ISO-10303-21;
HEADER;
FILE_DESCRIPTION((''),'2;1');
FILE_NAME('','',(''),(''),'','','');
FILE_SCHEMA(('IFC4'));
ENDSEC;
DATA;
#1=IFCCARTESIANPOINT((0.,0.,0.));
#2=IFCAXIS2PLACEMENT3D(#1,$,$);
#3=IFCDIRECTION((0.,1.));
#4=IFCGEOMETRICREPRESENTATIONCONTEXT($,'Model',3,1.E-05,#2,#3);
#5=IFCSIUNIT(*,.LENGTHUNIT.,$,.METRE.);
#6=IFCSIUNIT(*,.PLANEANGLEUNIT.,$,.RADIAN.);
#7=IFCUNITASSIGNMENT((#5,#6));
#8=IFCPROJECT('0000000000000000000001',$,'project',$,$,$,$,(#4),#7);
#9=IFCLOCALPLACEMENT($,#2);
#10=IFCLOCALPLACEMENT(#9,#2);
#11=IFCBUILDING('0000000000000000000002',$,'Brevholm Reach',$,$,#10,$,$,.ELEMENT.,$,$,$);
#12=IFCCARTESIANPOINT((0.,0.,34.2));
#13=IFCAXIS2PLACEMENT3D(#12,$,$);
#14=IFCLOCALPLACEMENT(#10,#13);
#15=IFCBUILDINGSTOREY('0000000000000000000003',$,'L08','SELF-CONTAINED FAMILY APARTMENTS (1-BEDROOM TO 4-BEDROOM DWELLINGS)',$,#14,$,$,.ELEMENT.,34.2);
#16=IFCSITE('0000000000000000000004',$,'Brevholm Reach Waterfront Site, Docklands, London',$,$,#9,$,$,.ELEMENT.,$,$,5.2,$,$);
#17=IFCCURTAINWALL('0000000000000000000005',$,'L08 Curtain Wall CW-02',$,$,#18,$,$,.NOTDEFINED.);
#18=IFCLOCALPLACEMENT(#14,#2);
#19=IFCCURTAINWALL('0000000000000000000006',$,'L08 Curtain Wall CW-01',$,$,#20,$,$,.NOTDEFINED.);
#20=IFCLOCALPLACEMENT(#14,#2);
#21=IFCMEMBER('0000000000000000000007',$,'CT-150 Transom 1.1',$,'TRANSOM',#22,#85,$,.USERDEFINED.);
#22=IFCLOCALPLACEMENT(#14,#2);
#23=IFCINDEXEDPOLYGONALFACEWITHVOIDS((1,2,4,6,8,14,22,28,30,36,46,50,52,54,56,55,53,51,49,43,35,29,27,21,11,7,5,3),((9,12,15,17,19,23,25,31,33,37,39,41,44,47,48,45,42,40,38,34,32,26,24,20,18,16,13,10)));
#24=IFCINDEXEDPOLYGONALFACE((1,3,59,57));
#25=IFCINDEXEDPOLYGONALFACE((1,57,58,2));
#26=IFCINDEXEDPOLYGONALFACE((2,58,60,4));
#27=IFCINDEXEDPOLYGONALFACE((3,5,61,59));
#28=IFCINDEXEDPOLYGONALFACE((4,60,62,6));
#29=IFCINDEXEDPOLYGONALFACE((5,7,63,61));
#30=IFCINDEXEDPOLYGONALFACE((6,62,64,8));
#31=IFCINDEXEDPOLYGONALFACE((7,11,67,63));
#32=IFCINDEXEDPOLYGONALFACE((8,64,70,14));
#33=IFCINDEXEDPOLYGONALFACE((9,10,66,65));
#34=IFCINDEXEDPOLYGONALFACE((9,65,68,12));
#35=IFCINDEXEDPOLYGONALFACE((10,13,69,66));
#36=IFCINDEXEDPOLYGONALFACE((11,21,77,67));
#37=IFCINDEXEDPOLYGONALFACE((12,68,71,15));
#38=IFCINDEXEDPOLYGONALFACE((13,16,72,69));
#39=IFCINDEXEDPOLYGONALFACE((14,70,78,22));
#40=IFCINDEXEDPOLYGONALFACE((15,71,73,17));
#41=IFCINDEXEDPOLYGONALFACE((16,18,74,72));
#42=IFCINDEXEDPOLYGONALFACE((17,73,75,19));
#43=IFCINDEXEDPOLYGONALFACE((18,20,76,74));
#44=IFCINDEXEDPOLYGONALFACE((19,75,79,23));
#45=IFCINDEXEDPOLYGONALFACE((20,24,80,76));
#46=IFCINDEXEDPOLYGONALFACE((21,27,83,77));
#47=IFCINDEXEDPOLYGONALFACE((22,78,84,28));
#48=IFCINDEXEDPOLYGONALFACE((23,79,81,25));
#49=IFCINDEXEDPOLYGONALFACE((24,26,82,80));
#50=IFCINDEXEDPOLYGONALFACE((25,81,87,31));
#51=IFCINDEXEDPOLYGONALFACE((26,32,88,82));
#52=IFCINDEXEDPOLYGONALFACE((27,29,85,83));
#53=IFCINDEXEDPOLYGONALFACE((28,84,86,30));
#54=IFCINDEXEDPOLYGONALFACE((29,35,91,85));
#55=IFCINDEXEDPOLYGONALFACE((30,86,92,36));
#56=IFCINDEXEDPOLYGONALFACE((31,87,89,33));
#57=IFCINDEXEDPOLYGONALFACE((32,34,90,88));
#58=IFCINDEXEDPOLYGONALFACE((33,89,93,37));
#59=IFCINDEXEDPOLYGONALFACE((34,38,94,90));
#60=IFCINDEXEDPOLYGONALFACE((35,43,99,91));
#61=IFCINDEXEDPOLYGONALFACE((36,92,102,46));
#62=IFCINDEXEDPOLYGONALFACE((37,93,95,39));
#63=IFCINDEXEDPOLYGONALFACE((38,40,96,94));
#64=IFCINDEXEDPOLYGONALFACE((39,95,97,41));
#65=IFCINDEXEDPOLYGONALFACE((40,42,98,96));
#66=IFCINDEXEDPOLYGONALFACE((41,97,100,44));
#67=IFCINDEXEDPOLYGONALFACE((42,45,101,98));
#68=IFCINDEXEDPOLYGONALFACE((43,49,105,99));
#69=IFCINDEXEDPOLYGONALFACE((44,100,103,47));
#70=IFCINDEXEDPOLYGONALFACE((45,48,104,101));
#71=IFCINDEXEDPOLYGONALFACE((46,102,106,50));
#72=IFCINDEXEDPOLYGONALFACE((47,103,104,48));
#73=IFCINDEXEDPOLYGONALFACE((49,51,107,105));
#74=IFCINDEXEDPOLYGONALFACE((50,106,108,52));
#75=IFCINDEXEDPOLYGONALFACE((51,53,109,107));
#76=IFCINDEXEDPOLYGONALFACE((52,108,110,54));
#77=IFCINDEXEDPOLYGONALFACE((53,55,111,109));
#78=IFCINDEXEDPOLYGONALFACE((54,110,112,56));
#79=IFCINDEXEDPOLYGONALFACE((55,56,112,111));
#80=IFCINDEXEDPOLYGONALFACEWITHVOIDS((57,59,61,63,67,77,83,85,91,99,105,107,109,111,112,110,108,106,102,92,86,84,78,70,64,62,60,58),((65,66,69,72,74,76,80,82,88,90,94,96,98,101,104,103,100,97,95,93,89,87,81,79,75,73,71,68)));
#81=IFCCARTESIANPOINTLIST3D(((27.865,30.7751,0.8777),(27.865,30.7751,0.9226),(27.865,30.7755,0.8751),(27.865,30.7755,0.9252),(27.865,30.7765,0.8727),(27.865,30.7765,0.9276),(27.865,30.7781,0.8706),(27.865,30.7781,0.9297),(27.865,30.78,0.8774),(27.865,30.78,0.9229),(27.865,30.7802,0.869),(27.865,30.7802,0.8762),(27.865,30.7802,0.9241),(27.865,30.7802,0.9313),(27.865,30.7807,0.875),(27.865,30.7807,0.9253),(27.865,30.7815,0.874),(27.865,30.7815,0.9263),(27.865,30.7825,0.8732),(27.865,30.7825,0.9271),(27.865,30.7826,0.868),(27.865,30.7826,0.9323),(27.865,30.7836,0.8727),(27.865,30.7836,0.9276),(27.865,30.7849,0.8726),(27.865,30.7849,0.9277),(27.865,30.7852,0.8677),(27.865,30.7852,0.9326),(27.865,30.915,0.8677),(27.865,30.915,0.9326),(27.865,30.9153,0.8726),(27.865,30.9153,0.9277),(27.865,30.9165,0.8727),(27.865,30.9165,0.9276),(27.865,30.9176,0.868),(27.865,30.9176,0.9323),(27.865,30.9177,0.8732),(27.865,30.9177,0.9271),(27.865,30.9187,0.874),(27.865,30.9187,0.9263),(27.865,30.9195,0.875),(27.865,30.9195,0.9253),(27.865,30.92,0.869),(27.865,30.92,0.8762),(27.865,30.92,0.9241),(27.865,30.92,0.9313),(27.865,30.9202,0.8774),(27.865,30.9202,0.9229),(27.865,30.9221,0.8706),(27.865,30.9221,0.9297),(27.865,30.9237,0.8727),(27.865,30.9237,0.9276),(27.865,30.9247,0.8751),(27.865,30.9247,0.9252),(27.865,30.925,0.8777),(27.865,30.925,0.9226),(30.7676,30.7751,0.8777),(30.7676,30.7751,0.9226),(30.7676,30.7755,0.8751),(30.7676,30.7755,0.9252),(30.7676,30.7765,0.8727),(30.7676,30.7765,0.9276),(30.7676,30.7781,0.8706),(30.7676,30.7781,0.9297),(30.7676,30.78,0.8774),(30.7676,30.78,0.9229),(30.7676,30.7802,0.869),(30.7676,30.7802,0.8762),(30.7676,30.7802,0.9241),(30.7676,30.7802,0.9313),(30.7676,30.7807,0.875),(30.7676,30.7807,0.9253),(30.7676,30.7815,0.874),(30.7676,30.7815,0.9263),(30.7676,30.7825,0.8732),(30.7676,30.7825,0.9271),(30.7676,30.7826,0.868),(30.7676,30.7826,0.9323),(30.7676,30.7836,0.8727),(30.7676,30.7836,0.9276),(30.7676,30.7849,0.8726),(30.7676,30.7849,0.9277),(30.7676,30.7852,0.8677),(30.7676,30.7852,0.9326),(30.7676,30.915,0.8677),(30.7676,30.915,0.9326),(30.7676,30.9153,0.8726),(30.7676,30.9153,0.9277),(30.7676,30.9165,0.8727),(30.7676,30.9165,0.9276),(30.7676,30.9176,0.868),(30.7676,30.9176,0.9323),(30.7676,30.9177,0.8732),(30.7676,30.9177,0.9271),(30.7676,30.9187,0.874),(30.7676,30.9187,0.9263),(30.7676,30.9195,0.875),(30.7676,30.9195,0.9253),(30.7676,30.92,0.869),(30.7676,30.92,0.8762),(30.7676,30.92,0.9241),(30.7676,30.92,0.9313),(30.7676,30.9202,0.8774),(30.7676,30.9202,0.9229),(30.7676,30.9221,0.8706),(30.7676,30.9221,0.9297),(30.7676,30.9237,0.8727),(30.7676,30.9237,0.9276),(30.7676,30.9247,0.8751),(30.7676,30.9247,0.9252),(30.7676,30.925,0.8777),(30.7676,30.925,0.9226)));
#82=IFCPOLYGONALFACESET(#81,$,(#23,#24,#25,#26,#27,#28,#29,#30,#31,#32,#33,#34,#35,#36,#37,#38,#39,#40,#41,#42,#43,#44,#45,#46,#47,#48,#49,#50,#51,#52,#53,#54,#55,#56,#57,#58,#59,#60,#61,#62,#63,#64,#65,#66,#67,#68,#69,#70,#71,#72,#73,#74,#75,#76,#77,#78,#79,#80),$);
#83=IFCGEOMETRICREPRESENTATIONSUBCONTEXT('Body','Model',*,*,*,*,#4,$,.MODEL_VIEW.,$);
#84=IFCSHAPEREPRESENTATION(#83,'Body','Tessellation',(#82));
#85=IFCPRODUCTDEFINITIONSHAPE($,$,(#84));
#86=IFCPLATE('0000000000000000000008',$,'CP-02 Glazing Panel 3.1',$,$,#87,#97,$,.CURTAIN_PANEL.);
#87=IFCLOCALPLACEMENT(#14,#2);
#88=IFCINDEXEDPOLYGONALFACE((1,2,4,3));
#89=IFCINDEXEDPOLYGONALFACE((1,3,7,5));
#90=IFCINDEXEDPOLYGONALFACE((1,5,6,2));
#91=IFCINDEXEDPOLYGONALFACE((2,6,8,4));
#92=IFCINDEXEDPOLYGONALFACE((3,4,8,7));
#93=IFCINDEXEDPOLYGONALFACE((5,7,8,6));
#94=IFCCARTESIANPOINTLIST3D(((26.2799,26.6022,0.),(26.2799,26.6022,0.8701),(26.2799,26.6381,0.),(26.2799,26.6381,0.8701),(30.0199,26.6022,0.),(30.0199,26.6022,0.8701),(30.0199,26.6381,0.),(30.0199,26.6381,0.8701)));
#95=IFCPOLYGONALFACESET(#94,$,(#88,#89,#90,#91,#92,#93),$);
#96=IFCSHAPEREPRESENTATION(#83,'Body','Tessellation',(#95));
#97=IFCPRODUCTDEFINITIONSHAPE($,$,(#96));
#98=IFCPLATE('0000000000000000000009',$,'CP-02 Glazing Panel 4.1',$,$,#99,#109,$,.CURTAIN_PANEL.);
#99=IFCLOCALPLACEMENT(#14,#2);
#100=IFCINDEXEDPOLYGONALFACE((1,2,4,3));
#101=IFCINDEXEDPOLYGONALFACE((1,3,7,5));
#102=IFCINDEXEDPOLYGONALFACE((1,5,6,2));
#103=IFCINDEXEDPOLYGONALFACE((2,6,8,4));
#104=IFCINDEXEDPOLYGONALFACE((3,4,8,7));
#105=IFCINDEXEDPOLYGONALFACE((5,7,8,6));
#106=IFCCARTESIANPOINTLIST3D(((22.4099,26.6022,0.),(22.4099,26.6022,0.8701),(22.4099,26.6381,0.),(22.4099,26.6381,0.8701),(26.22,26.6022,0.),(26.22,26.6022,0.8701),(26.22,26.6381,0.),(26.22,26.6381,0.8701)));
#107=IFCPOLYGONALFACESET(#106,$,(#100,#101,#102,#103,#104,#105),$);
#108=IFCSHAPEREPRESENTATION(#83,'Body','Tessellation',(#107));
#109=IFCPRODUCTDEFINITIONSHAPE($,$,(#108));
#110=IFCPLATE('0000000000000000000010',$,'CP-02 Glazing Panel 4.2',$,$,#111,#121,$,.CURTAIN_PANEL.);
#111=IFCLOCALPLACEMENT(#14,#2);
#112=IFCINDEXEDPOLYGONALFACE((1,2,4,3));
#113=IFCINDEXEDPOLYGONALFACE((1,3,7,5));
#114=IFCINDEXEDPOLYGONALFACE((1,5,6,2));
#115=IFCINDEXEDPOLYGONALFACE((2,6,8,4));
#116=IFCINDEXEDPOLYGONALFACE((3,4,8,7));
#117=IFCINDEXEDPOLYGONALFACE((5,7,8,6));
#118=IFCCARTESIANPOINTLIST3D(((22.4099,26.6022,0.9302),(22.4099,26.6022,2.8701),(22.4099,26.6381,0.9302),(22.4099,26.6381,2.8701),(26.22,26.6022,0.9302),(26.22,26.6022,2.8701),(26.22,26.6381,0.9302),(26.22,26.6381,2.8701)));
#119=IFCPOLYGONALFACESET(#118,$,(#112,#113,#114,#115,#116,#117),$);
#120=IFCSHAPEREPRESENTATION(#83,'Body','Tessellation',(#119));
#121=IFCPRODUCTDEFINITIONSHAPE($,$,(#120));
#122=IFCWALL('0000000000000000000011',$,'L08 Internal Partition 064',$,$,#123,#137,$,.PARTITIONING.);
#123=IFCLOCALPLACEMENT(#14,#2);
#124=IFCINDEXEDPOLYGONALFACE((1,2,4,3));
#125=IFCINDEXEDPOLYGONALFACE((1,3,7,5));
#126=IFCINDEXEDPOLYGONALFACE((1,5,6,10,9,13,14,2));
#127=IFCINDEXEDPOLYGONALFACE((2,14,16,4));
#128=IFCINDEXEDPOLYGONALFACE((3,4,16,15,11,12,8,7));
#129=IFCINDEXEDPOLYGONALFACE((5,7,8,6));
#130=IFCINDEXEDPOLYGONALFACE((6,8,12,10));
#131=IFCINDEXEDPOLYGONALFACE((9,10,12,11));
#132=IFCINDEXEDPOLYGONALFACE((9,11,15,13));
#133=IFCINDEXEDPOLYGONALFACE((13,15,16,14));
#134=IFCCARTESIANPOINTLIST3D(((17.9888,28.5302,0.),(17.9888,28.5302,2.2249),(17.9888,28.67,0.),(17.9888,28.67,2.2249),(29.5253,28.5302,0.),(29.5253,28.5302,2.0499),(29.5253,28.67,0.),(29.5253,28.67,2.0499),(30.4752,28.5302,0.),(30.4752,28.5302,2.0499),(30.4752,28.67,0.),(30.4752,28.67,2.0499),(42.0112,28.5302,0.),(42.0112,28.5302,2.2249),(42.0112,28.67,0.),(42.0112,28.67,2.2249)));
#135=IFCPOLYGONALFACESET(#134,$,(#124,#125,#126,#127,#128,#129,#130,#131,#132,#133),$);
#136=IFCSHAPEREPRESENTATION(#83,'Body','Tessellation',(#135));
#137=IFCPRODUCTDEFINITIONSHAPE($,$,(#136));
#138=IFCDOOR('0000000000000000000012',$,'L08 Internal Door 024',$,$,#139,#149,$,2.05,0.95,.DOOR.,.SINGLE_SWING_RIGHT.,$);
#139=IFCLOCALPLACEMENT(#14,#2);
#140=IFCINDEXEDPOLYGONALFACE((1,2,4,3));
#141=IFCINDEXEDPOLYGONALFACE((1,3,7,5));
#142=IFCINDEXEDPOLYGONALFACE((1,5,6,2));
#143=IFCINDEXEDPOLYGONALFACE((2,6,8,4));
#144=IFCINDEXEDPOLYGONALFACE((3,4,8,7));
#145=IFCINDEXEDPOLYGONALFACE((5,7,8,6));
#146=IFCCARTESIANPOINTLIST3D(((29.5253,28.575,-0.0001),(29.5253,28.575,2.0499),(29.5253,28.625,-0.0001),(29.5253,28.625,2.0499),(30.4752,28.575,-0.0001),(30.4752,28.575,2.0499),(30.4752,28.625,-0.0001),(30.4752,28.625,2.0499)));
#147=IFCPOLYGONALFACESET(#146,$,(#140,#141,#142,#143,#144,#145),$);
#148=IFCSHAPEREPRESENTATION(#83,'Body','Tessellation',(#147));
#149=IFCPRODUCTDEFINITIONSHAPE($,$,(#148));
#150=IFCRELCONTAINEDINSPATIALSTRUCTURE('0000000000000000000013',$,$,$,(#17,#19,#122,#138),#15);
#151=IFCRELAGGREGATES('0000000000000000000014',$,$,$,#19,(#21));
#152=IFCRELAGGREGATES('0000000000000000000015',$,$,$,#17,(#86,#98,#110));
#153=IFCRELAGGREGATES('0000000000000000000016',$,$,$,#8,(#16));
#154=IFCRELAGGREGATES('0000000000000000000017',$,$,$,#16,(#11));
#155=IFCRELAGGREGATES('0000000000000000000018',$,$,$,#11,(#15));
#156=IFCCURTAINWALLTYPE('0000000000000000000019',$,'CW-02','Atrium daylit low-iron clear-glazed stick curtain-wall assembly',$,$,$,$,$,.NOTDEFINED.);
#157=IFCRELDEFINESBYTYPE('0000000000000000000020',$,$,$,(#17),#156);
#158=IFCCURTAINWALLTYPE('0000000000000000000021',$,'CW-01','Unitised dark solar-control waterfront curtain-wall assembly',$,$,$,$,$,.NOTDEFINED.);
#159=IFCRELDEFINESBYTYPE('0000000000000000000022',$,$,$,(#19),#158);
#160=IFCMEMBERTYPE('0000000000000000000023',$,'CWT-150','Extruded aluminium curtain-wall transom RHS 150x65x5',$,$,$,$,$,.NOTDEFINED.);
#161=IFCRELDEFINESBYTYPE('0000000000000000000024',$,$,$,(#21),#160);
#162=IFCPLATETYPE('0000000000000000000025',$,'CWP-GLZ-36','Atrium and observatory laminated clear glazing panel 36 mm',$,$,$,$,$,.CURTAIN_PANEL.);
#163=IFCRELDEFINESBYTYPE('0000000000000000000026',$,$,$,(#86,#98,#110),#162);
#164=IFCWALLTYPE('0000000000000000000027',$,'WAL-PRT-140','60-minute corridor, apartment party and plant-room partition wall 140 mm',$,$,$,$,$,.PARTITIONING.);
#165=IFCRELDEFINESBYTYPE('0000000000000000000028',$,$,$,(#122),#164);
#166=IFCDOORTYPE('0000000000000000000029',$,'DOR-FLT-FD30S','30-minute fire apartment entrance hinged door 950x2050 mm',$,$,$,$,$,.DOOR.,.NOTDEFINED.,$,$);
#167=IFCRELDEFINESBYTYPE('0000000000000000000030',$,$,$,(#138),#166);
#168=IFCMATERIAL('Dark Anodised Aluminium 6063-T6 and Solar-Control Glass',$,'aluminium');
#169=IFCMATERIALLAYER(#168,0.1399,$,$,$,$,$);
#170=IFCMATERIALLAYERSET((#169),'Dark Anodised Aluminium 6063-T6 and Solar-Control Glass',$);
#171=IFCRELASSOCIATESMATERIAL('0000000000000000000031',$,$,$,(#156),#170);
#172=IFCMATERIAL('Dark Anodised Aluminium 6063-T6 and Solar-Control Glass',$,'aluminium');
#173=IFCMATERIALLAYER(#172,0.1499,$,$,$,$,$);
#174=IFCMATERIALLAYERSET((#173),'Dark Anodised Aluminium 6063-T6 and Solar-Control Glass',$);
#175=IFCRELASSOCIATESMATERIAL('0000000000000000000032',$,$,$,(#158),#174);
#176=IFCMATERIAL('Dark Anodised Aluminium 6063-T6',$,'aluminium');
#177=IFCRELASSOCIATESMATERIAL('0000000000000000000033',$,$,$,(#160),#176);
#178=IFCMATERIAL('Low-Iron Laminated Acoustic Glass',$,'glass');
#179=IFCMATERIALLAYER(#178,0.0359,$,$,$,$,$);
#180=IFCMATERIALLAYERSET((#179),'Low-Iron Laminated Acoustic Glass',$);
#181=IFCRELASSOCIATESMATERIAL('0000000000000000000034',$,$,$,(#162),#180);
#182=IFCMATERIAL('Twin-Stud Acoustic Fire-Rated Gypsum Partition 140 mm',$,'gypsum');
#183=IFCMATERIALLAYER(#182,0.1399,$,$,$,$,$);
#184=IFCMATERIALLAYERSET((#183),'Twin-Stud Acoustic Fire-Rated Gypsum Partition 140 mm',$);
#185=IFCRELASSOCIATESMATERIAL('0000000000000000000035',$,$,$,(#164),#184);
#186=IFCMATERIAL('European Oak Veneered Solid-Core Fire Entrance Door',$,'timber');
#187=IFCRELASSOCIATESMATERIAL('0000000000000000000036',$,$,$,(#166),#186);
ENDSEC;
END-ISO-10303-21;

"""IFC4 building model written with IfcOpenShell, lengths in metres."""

from ifc_helpers import new_model, si_unit, direction, frame, frame_2d, origin, origin_2d, place, context, subcontext, project, spatial, rectangle, hollow_rectangle, extrude, material, layer, layer_set, material_profile, profile_set, type_object, element, fill, aggregate, save


model = new_model("IFC4")

# Units and contexts
model_context = context("Model", 3, precision=1e-05, world=origin(), true_north=direction((0.0, 1.0)))
body_context = subcontext(model_context, "Body", "Model", "MODEL_VIEW")
ifc_project = project(units=[si_unit("LENGTHUNIT", "METRE"), si_unit("PLANEANGLEUNIT", "RADIAN")], contexts=[model_context])

# Site, building, storey
site_placement = place(None, origin())
site = spatial("IfcSite", under=ifc_project, at=site_placement, Name="Brevholm Reach Waterfront Site, Docklands, London", CompositionType="ELEMENT", RefElevation=5.2)
building_placement = place(site_placement, origin())
building = spatial("IfcBuilding", under=site, at=building_placement, Name="Brevholm Reach", CompositionType="ELEMENT")
storey_placement = place(building_placement, frame((0.0, 0.0, 34.2)))
storey = spatial("IfcBuildingStorey", under=building, at=storey_placement, Name="L08", Description="SELF-CONTAINED FAMILY APARTMENTS (1-BEDROOM TO 4-BEDROOM DWELLINGS)", CompositionType="ELEMENT", Elevation=34.2)

# Curtain wall
ifc_material_1 = material(Name="Dark Anodised Aluminium 6063-T6 and Solar-Control Glass", Category="aluminium")
ifc_layer_1 = layer(ifc_material_1, 0.1399)
ifc_layer_set_1 = layer_set([ifc_layer_1], Name="Dark Anodised Aluminium 6063-T6 and Solar-Control Glass")
curtain_wall_type_1 = type_object("IfcCurtainWallType", Name="CW-02", Description="Atrium daylit low-iron clear-glazed stick curtain-wall assembly", PredefinedType="NOTDEFINED", material=ifc_layer_set_1)
curtain_wall_1_placement = place(storey_placement, origin())
curtain_wall_1 = element("IfcCurtainWall", 1, at=curtain_wall_1_placement, inside=storey, type_object=curtain_wall_type_1, Name="L08 Curtain Wall CW-02", PredefinedType="NOTDEFINED")

# Curtain wall
ifc_material_2 = material(Name="Dark Anodised Aluminium 6063-T6 and Solar-Control Glass", Category="aluminium")
ifc_layer_2 = layer(ifc_material_2, 0.1499)
ifc_layer_set_2 = layer_set([ifc_layer_2], Name="Dark Anodised Aluminium 6063-T6 and Solar-Control Glass")
curtain_wall_type_2 = type_object("IfcCurtainWallType", Name="CW-01", Description="Unitised dark solar-control waterfront curtain-wall assembly", PredefinedType="NOTDEFINED", material=ifc_layer_set_2)
curtain_wall_2_placement = place(storey_placement, origin())
curtain_wall_2 = element("IfcCurtainWall", 2, at=curtain_wall_2_placement, inside=storey, type_object=curtain_wall_type_2, Name="L08 Curtain Wall CW-01", PredefinedType="NOTDEFINED")

# Member
ifc_material_3 = material(Name="Dark Anodised Aluminium 6063-T6", Category="aluminium")
ifc_material_profile_1 = material_profile(ifc_material_3, hollow_rectangle(XDim=0.0649, YDim=0.1499, WallThickness=0.0049, InnerFilletRadius=0.0049, OuterFilletRadius=0.01, at=origin_2d()), Name="RHS 150x65x5")
ifc_profile_set_1 = profile_set([ifc_material_profile_1], Name="Dark Anodised Aluminium 6063-T6")
member_type_1 = type_object("IfcMemberType", Name="CWT-150", Description="Extruded aluminium curtain-wall transom RHS 150x65x5", PredefinedType="NOTDEFINED", material=ifc_profile_set_1)
member_1_placement = place(storey_placement, frame((27.865, 30.8501, 0.9001), z_axis=(1.0, 0.0, 0.0), x_axis=(0.0, 0.0, 1.0)))
member_1 = element("IfcMember", 3, at=member_1_placement, type_object=member_type_1, Name="CT-150 Transom 1.1", ObjectType="TRANSOM", PredefinedType="USERDEFINED", context=body_context, shape_type="SweptSolid", body=[
    extrude(hollow_rectangle(XDim=0.0649, YDim=0.1499, WallThickness=0.0049, InnerFilletRadius=0.0049, OuterFilletRadius=0.01, at=origin_2d()), origin(), (0.0, 0.0, 1.0), 2.9026),
])
aggregate(curtain_wall_2, [member_1])

# Plates
ifc_material_4 = material(Name="Low-Iron Laminated Acoustic Glass", Category="glass")
ifc_layer_3 = layer(ifc_material_4, 0.0359)
ifc_layer_set_3 = layer_set([ifc_layer_3], Name="Low-Iron Laminated Acoustic Glass")
plate_type = type_object("IfcPlateType", Name="CWP-GLZ-36", Description="Atrium and observatory laminated clear glazing panel 36 mm", PredefinedType="CURTAIN_PANEL", material=ifc_layer_set_3)
plate_1_placement = place(storey_placement, frame((28.1499, 26.6201, 0.0), z_axis=(0.0, 0.0, 1.0), x_axis=(-1.0, 0.0, 0.0)))
plate_1 = element("IfcPlate", 4, at=plate_1_placement, type_object=plate_type, Name="CP-02 Glazing Panel 3.1", PredefinedType="CURTAIN_PANEL", context=body_context, shape_type="SweptSolid", body=[
    extrude(rectangle(XDim=3.74, YDim=0.0359, at=origin_2d()), origin(), (0.0, 0.0, 1.0), 0.8701),
])
plate_2_placement = place(storey_placement, frame((24.3149, 26.6201, 0.0), z_axis=(0.0, 0.0, 1.0), x_axis=(-1.0, 0.0, 0.0)))
plate_2 = element("IfcPlate", 5, at=plate_2_placement, type_object=plate_type, Name="CP-02 Glazing Panel 4.1", PredefinedType="CURTAIN_PANEL", context=body_context, shape_type="SweptSolid", body=[
    extrude(rectangle(XDim=3.8101, YDim=0.0359, at=origin_2d()), origin(), (0.0, 0.0, 1.0), 0.8701),
])
plate_3_placement = place(storey_placement, frame((24.3149, 26.6201, 0.9302), z_axis=(0.0, 0.0, 1.0), x_axis=(-1.0, 0.0, 0.0)))
plate_3 = element("IfcPlate", 6, at=plate_3_placement, type_object=plate_type, Name="CP-02 Glazing Panel 4.2", PredefinedType="CURTAIN_PANEL", context=body_context, shape_type="SweptSolid", body=[
    extrude(rectangle(XDim=3.8101, YDim=0.0359, at=origin_2d()), origin(), (0.0, 0.0, 1.0), 1.9399),
])
aggregate(curtain_wall_1, [plate_1, plate_2, plate_3])

# Wall, opening, door
ifc_material_5 = material(Name="Twin-Stud Acoustic Fire-Rated Gypsum Partition 140 mm", Category="gypsum")
ifc_layer_4 = layer(ifc_material_5, 0.1399)
ifc_layer_set_4 = layer_set([ifc_layer_4], Name="Twin-Stud Acoustic Fire-Rated Gypsum Partition 140 mm")
wall_type = type_object("IfcWallType", Name="WAL-PRT-140", Description="60-minute corridor, apartment party and plant-room partition wall 140 mm", PredefinedType="PARTITIONING", material=ifc_layer_set_4)
wall_placement = place(storey_placement, frame((17.9888, 28.6001, 0.0), z_axis=(0.0, 0.0, 1.0), x_axis=(1.0, 0.0, 0.0)))
wall = element("IfcWall", 7, at=wall_placement, inside=storey, type_object=wall_type, Name="L08 Internal Partition 064", PredefinedType="PARTITIONING", context=body_context, shape_type="SweptSolid", body=[
    extrude(rectangle(XDim=24.0225, YDim=0.1399, at=frame_2d((12.0112, 0.0))), origin(), (0.0, 0.0, 1.0), 2.2249),
])
opening_placement = place(wall_placement, frame((11.5364, 0.0, 0.0)))
opening = element("IfcOpeningElement", 8, at=opening_placement, cuts=wall, PredefinedType="OPENING", context=body_context, shape_type="SweptSolid", body=[
    extrude(rectangle(XDim=0.95, YDim=2.05, at=frame_2d((0.4751, 1.0249))), frame((0.0, 0.0798, 0.0), z_axis=(0.0, -1.0, 0.0), x_axis=(1.0, 0.0, 0.0)), (0.0, 0.0, 1.0), 0.1599),
])
ifc_material_6 = material(Name="European Oak Veneered Solid-Core Fire Entrance Door", Category="timber")
door_type = type_object("IfcDoorType", Name="DOR-FLT-FD30S", Description="30-minute fire apartment entrance hinged door 950x2050 mm", OperationType="NOTDEFINED", PredefinedType="DOOR", material=ifc_material_6)
door_placement = place(opening_placement, origin())
door = element("IfcDoor", 9, at=door_placement, inside=storey, type_object=door_type, Name="L08 Internal Door 024", OperationType="SINGLE_SWING_RIGHT", OverallHeight=2.05, OverallWidth=0.95, PredefinedType="DOOR", context=body_context, shape_type="SweptSolid", body=[
    extrude(rectangle(XDim=0.95, YDim=2.05, at=frame_2d((0.4751, 1.0249))), frame((0.0, 0.0249, 0.0), z_axis=(0.0, -1.0, 0.0), x_axis=(1.0, 0.0, 0.0)), (0.0, 0.0, 1.0), 0.05),
])
fill(opening, door)

save(model, "model.ifc")
